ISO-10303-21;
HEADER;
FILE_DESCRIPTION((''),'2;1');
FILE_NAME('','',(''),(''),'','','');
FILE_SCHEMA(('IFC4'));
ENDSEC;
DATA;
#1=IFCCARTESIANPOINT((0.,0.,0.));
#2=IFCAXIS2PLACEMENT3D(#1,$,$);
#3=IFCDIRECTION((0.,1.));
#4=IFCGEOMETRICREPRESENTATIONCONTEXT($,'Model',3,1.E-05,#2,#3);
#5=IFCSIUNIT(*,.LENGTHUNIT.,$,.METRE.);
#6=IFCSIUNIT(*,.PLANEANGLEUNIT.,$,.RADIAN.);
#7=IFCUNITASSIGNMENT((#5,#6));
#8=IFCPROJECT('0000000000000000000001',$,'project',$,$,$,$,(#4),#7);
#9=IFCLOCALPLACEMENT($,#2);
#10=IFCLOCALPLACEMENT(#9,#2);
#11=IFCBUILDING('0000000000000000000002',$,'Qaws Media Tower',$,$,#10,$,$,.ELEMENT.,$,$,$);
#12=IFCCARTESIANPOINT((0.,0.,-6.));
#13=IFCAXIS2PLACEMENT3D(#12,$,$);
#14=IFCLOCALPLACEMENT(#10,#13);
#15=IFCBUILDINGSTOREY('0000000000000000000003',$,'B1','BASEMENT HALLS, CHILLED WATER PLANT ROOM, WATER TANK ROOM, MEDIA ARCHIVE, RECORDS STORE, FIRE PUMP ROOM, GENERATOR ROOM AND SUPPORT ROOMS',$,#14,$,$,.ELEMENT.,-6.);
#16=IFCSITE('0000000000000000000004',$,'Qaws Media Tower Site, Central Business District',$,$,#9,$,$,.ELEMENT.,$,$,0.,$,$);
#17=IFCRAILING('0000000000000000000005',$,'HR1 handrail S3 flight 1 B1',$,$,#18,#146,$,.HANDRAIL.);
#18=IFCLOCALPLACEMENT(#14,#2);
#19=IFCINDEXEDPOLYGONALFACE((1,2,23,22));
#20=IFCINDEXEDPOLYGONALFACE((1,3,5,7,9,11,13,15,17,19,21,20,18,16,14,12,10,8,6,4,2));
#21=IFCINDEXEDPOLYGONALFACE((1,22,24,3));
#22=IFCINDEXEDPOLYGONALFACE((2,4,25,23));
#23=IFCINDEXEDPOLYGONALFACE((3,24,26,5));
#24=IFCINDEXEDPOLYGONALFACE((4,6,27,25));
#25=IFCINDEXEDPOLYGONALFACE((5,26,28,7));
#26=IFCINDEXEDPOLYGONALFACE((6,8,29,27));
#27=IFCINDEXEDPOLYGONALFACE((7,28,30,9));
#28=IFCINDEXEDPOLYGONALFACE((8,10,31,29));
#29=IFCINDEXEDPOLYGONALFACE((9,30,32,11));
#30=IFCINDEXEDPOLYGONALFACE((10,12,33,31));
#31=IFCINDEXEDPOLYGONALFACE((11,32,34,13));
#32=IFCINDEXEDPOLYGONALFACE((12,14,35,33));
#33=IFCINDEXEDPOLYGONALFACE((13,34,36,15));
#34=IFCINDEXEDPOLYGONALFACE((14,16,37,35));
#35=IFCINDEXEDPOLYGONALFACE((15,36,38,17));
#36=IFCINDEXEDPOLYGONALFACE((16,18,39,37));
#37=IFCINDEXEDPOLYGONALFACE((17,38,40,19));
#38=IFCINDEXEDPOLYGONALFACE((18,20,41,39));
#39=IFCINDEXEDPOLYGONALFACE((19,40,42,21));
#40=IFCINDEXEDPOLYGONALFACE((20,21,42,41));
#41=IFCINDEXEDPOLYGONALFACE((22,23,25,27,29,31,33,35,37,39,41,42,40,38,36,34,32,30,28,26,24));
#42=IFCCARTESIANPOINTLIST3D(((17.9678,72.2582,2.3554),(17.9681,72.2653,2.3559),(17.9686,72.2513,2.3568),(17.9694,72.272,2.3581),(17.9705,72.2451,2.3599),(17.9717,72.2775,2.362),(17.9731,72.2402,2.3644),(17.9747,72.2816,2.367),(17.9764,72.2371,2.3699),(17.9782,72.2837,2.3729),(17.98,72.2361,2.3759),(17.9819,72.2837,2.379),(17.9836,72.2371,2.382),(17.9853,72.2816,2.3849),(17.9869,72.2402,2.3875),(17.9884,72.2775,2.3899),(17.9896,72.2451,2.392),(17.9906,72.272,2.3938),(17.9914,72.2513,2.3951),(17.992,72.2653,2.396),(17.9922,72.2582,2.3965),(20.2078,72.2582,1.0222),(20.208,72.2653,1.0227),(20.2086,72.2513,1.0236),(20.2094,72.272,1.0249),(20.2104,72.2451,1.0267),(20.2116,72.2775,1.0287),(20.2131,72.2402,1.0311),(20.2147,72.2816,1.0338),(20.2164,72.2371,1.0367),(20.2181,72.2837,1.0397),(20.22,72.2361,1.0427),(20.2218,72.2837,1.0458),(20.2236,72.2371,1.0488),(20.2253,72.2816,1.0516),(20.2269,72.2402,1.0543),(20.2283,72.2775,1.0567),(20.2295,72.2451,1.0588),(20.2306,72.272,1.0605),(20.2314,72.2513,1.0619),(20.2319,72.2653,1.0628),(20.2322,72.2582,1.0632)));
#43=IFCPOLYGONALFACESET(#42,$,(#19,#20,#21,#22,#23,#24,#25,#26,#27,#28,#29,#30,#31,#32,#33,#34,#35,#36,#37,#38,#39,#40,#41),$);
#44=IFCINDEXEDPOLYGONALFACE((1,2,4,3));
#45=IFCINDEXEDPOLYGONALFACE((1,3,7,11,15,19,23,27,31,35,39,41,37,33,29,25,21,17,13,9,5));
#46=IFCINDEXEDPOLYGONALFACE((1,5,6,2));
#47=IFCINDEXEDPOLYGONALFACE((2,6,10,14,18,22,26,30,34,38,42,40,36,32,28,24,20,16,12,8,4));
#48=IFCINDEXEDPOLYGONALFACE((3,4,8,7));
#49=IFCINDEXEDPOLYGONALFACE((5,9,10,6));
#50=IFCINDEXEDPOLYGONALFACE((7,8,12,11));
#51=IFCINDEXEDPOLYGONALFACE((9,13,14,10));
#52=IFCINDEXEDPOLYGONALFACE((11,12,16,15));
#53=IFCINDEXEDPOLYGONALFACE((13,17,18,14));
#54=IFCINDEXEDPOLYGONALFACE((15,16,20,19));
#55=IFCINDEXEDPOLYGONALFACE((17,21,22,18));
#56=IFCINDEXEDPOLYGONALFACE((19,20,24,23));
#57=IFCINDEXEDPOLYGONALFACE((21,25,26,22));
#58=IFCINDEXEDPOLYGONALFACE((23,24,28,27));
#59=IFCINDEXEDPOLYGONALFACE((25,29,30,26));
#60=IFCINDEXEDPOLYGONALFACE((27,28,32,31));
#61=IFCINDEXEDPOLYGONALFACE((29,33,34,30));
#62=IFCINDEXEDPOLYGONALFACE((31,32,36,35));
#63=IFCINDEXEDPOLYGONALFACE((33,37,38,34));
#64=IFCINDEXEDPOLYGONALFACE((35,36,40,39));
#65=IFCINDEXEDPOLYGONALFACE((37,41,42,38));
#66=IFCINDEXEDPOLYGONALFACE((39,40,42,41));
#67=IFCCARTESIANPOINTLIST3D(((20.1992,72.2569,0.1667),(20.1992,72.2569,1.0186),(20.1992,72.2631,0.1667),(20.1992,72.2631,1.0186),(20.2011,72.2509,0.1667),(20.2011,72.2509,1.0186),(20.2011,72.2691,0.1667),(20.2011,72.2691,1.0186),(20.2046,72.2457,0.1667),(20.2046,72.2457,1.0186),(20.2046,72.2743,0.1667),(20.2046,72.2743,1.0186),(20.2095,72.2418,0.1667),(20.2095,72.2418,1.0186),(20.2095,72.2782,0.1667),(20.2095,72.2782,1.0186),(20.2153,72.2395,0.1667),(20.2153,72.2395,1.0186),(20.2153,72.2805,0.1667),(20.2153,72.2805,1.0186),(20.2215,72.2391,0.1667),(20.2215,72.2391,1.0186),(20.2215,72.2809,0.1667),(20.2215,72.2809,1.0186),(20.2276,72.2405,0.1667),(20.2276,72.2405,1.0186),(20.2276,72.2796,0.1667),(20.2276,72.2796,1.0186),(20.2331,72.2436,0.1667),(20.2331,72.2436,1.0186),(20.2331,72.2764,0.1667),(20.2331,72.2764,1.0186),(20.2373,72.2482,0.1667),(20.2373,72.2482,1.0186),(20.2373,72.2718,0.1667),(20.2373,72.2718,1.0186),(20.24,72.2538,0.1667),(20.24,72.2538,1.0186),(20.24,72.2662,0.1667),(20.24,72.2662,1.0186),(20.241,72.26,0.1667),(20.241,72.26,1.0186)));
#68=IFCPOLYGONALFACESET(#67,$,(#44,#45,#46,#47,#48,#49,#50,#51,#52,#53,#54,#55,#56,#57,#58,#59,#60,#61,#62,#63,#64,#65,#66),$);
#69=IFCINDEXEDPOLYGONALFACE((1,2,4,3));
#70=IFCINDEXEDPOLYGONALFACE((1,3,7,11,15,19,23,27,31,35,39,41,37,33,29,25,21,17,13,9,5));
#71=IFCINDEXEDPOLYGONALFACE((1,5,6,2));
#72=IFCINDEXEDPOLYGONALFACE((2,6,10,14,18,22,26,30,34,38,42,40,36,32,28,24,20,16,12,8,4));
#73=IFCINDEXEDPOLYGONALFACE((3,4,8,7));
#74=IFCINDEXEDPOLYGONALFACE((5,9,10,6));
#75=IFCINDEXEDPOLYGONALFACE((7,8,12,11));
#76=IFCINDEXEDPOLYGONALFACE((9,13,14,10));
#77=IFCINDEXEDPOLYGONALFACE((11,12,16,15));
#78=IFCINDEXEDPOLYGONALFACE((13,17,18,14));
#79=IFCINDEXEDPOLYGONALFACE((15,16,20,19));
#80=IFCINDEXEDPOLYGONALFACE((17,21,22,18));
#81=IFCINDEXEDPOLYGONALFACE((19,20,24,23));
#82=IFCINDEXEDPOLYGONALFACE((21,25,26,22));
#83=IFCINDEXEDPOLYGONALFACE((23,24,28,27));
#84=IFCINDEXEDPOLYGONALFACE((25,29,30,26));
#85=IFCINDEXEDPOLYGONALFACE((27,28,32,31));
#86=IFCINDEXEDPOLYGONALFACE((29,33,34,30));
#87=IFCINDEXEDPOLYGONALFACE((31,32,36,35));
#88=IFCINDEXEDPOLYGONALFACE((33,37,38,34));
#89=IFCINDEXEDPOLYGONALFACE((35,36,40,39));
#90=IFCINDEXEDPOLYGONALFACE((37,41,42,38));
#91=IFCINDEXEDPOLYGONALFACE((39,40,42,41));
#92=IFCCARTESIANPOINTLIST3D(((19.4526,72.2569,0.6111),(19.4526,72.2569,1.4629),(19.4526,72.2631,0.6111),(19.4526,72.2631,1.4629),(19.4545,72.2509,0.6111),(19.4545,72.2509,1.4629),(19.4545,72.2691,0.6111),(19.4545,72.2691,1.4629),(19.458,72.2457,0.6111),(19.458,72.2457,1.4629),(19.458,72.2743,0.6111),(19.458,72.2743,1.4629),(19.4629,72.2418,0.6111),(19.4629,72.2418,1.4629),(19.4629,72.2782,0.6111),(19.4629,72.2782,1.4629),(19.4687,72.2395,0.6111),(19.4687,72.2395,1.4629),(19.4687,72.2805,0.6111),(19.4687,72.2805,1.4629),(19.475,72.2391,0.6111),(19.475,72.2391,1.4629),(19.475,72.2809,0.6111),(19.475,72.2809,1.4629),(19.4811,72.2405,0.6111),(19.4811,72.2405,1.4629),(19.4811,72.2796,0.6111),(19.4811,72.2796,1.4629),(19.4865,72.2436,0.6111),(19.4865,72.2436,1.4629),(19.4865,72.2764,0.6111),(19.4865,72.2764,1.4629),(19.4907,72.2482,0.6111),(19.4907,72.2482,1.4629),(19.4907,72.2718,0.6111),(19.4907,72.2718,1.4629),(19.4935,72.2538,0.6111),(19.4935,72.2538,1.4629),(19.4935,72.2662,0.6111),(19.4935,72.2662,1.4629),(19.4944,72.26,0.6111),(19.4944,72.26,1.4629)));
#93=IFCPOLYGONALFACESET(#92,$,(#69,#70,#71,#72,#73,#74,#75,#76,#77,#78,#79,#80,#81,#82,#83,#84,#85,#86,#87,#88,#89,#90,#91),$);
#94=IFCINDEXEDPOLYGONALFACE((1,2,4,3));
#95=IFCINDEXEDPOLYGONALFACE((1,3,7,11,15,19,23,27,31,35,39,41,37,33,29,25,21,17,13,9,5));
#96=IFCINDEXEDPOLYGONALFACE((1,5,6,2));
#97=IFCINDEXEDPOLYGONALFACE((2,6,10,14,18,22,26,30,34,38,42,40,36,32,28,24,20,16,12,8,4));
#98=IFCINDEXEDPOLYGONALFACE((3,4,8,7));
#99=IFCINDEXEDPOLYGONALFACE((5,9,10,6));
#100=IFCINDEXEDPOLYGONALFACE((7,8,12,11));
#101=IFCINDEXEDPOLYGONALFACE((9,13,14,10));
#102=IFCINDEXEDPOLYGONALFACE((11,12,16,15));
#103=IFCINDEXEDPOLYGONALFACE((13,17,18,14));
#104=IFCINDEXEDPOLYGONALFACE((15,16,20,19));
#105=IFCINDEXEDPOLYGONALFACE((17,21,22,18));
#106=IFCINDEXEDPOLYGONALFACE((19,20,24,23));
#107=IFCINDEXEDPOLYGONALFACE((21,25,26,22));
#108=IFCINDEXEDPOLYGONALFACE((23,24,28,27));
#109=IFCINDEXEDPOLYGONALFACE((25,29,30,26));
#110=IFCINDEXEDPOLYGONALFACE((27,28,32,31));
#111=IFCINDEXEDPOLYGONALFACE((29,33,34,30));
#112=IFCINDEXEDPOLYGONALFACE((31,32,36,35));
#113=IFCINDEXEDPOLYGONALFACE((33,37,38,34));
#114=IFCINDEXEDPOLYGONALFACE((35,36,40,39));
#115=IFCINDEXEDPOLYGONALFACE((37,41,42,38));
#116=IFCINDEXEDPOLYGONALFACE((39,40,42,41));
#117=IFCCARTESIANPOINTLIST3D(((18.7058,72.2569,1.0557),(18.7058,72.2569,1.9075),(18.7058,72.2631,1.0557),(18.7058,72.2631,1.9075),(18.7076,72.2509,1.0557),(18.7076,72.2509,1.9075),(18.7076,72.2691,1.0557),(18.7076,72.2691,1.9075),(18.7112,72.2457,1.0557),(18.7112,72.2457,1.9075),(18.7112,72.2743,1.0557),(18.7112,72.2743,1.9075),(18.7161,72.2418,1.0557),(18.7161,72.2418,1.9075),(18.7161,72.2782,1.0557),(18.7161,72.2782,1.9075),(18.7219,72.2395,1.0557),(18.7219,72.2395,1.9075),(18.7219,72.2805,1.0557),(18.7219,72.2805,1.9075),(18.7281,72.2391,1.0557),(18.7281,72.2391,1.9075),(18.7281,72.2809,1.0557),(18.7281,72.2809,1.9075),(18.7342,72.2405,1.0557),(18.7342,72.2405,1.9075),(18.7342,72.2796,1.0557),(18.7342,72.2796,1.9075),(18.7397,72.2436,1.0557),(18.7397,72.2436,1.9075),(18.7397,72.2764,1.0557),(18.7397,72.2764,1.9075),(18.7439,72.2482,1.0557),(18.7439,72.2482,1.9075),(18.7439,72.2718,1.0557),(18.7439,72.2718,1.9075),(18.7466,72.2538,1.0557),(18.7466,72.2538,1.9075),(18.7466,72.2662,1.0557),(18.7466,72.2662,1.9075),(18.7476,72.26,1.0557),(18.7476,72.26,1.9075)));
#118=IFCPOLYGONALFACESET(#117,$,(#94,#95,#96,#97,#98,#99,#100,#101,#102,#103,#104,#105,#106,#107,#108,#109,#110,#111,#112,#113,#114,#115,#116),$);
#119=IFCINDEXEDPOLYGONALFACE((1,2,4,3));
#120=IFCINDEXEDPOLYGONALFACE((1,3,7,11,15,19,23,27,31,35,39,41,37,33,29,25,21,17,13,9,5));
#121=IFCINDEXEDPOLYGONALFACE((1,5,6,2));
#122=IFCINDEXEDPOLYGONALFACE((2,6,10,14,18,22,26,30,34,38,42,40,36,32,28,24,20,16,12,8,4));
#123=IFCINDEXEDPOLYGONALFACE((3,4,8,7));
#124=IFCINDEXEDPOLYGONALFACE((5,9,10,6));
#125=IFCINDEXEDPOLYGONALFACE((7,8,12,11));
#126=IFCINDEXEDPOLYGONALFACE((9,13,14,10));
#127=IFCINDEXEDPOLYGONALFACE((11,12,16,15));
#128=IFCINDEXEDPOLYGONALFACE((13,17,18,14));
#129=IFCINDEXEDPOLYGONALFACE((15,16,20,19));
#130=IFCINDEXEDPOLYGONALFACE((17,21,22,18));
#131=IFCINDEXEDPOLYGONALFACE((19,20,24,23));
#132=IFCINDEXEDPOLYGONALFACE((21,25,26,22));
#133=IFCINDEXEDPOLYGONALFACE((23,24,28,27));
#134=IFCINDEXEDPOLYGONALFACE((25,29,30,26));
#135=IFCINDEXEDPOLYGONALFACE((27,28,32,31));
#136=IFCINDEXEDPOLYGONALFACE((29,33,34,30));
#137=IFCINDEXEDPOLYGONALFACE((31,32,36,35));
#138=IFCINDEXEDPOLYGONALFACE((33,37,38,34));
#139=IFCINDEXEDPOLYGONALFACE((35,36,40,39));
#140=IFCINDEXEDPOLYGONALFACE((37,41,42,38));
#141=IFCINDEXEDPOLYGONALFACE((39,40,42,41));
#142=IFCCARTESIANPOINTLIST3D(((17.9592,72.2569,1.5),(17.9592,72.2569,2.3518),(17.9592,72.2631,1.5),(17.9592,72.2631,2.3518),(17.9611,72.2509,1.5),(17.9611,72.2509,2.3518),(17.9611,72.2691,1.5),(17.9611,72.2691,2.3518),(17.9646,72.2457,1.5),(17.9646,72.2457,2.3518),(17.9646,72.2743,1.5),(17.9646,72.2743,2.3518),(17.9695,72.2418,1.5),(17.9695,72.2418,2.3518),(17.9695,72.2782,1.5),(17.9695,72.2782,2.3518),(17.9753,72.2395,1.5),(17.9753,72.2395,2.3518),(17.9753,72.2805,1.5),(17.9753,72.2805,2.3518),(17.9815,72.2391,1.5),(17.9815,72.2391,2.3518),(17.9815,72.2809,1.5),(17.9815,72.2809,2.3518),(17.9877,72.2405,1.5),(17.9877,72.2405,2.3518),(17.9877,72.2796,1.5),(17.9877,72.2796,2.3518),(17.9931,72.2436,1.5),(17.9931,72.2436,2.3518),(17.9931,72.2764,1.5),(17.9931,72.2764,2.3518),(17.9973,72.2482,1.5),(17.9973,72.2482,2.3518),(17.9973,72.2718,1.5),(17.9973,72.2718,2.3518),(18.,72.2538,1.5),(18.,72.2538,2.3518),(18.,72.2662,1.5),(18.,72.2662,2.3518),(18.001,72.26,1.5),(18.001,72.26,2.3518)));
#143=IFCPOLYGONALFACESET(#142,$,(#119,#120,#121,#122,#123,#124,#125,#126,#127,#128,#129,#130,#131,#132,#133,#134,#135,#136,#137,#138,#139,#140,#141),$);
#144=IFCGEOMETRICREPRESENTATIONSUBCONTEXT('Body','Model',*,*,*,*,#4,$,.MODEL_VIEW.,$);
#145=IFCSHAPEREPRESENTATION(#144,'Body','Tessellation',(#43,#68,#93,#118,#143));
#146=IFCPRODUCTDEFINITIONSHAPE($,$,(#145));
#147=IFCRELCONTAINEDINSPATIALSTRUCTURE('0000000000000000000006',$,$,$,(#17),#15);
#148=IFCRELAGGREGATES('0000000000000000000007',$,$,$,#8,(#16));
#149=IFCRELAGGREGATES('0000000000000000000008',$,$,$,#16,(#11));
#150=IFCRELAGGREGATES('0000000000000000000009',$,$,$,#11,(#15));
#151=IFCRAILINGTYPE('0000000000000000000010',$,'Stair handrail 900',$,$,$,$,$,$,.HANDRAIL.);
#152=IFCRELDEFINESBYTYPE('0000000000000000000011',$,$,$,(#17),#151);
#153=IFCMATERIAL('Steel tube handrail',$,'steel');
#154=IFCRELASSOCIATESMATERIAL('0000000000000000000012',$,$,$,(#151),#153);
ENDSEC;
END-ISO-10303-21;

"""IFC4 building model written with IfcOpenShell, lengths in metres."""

from ifc_helpers import new_model, si_unit, direction, frame, origin, origin_2d, place, context, subcontext, project, spatial, circle, extrude, material, type_object, element, save


model = new_model("IFC4")

# Units and contexts
model_context = context("Model", 3, precision=1e-05, world=origin(), true_north=direction((0.0, 1.0)))
body_context = subcontext(model_context, "Body", "Model", "MODEL_VIEW")
ifc_project = project(units=[si_unit("LENGTHUNIT", "METRE"), si_unit("PLANEANGLEUNIT", "RADIAN")], contexts=[model_context])

# Site, building, storey
site_placement = place(None, origin())
site = spatial("IfcSite", under=ifc_project, at=site_placement, Name="Qaws Media Tower Site, Central Business District", CompositionType="ELEMENT", RefElevation=0.0)
building_placement = place(site_placement, origin())
building = spatial("IfcBuilding", under=site, at=building_placement, Name="Qaws Media Tower", CompositionType="ELEMENT")
storey_placement = place(building_placement, frame((0.0, 0.0, -6.0)))
storey = spatial("IfcBuildingStorey", under=building, at=storey_placement, Name="B1", Description="BASEMENT HALLS, CHILLED WATER PLANT ROOM, WATER TANK ROOM, MEDIA ARCHIVE, RECORDS STORE, FIRE PUMP ROOM, GENERATOR ROOM AND SUPPORT ROOMS", CompositionType="ELEMENT", Elevation=-6.0)

# Railing
ifc_material_1 = material(Name="Steel tube handrail", Category="steel")
railing_type = type_object("IfcRailingType", Name="Stair handrail 900", PredefinedType="HANDRAIL", material=ifc_material_1)
for number, where, name in (
    (1, (20.22, 72.26, 0.1667), "HR1 handrail S3 flight 1 B1"),
):
    element("IfcRailing", number, at=place(storey_placement, frame(where)), inside=storey, type_object=railing_type, Name=name, PredefinedType="HANDRAIL", context=body_context, shape_type="SweptSolid", body=[
        extrude(circle(Radius=0.0239, at=origin_2d()), frame((0.0, 0.0, 0.876), z_axis=(-0.859306, 0.0, 0.511462), x_axis=(0.0, -1.0, 0.0)), (0.0, 0.0, 1.0), 2.6067),
        extrude(circle(Radius=0.021, at=origin_2d()), origin(), (0.0, 0.0, 1.0), 0.8518),
        extrude(circle(Radius=0.021, at=origin_2d()), frame((-0.7466, 0.0, 0.4443)), (0.0, 0.0, 1.0), 0.8518),
        extrude(circle(Radius=0.021, at=origin_2d()), frame((-1.4934, 0.0, 0.8889)), (0.0, 0.0, 1.0), 0.8518),
        extrude(circle(Radius=0.021, at=origin_2d()), frame((-2.24, 0.0, 1.3333)), (0.0, 0.0, 1.0), 0.8518),
    ])

save(model, "model.ifc")
